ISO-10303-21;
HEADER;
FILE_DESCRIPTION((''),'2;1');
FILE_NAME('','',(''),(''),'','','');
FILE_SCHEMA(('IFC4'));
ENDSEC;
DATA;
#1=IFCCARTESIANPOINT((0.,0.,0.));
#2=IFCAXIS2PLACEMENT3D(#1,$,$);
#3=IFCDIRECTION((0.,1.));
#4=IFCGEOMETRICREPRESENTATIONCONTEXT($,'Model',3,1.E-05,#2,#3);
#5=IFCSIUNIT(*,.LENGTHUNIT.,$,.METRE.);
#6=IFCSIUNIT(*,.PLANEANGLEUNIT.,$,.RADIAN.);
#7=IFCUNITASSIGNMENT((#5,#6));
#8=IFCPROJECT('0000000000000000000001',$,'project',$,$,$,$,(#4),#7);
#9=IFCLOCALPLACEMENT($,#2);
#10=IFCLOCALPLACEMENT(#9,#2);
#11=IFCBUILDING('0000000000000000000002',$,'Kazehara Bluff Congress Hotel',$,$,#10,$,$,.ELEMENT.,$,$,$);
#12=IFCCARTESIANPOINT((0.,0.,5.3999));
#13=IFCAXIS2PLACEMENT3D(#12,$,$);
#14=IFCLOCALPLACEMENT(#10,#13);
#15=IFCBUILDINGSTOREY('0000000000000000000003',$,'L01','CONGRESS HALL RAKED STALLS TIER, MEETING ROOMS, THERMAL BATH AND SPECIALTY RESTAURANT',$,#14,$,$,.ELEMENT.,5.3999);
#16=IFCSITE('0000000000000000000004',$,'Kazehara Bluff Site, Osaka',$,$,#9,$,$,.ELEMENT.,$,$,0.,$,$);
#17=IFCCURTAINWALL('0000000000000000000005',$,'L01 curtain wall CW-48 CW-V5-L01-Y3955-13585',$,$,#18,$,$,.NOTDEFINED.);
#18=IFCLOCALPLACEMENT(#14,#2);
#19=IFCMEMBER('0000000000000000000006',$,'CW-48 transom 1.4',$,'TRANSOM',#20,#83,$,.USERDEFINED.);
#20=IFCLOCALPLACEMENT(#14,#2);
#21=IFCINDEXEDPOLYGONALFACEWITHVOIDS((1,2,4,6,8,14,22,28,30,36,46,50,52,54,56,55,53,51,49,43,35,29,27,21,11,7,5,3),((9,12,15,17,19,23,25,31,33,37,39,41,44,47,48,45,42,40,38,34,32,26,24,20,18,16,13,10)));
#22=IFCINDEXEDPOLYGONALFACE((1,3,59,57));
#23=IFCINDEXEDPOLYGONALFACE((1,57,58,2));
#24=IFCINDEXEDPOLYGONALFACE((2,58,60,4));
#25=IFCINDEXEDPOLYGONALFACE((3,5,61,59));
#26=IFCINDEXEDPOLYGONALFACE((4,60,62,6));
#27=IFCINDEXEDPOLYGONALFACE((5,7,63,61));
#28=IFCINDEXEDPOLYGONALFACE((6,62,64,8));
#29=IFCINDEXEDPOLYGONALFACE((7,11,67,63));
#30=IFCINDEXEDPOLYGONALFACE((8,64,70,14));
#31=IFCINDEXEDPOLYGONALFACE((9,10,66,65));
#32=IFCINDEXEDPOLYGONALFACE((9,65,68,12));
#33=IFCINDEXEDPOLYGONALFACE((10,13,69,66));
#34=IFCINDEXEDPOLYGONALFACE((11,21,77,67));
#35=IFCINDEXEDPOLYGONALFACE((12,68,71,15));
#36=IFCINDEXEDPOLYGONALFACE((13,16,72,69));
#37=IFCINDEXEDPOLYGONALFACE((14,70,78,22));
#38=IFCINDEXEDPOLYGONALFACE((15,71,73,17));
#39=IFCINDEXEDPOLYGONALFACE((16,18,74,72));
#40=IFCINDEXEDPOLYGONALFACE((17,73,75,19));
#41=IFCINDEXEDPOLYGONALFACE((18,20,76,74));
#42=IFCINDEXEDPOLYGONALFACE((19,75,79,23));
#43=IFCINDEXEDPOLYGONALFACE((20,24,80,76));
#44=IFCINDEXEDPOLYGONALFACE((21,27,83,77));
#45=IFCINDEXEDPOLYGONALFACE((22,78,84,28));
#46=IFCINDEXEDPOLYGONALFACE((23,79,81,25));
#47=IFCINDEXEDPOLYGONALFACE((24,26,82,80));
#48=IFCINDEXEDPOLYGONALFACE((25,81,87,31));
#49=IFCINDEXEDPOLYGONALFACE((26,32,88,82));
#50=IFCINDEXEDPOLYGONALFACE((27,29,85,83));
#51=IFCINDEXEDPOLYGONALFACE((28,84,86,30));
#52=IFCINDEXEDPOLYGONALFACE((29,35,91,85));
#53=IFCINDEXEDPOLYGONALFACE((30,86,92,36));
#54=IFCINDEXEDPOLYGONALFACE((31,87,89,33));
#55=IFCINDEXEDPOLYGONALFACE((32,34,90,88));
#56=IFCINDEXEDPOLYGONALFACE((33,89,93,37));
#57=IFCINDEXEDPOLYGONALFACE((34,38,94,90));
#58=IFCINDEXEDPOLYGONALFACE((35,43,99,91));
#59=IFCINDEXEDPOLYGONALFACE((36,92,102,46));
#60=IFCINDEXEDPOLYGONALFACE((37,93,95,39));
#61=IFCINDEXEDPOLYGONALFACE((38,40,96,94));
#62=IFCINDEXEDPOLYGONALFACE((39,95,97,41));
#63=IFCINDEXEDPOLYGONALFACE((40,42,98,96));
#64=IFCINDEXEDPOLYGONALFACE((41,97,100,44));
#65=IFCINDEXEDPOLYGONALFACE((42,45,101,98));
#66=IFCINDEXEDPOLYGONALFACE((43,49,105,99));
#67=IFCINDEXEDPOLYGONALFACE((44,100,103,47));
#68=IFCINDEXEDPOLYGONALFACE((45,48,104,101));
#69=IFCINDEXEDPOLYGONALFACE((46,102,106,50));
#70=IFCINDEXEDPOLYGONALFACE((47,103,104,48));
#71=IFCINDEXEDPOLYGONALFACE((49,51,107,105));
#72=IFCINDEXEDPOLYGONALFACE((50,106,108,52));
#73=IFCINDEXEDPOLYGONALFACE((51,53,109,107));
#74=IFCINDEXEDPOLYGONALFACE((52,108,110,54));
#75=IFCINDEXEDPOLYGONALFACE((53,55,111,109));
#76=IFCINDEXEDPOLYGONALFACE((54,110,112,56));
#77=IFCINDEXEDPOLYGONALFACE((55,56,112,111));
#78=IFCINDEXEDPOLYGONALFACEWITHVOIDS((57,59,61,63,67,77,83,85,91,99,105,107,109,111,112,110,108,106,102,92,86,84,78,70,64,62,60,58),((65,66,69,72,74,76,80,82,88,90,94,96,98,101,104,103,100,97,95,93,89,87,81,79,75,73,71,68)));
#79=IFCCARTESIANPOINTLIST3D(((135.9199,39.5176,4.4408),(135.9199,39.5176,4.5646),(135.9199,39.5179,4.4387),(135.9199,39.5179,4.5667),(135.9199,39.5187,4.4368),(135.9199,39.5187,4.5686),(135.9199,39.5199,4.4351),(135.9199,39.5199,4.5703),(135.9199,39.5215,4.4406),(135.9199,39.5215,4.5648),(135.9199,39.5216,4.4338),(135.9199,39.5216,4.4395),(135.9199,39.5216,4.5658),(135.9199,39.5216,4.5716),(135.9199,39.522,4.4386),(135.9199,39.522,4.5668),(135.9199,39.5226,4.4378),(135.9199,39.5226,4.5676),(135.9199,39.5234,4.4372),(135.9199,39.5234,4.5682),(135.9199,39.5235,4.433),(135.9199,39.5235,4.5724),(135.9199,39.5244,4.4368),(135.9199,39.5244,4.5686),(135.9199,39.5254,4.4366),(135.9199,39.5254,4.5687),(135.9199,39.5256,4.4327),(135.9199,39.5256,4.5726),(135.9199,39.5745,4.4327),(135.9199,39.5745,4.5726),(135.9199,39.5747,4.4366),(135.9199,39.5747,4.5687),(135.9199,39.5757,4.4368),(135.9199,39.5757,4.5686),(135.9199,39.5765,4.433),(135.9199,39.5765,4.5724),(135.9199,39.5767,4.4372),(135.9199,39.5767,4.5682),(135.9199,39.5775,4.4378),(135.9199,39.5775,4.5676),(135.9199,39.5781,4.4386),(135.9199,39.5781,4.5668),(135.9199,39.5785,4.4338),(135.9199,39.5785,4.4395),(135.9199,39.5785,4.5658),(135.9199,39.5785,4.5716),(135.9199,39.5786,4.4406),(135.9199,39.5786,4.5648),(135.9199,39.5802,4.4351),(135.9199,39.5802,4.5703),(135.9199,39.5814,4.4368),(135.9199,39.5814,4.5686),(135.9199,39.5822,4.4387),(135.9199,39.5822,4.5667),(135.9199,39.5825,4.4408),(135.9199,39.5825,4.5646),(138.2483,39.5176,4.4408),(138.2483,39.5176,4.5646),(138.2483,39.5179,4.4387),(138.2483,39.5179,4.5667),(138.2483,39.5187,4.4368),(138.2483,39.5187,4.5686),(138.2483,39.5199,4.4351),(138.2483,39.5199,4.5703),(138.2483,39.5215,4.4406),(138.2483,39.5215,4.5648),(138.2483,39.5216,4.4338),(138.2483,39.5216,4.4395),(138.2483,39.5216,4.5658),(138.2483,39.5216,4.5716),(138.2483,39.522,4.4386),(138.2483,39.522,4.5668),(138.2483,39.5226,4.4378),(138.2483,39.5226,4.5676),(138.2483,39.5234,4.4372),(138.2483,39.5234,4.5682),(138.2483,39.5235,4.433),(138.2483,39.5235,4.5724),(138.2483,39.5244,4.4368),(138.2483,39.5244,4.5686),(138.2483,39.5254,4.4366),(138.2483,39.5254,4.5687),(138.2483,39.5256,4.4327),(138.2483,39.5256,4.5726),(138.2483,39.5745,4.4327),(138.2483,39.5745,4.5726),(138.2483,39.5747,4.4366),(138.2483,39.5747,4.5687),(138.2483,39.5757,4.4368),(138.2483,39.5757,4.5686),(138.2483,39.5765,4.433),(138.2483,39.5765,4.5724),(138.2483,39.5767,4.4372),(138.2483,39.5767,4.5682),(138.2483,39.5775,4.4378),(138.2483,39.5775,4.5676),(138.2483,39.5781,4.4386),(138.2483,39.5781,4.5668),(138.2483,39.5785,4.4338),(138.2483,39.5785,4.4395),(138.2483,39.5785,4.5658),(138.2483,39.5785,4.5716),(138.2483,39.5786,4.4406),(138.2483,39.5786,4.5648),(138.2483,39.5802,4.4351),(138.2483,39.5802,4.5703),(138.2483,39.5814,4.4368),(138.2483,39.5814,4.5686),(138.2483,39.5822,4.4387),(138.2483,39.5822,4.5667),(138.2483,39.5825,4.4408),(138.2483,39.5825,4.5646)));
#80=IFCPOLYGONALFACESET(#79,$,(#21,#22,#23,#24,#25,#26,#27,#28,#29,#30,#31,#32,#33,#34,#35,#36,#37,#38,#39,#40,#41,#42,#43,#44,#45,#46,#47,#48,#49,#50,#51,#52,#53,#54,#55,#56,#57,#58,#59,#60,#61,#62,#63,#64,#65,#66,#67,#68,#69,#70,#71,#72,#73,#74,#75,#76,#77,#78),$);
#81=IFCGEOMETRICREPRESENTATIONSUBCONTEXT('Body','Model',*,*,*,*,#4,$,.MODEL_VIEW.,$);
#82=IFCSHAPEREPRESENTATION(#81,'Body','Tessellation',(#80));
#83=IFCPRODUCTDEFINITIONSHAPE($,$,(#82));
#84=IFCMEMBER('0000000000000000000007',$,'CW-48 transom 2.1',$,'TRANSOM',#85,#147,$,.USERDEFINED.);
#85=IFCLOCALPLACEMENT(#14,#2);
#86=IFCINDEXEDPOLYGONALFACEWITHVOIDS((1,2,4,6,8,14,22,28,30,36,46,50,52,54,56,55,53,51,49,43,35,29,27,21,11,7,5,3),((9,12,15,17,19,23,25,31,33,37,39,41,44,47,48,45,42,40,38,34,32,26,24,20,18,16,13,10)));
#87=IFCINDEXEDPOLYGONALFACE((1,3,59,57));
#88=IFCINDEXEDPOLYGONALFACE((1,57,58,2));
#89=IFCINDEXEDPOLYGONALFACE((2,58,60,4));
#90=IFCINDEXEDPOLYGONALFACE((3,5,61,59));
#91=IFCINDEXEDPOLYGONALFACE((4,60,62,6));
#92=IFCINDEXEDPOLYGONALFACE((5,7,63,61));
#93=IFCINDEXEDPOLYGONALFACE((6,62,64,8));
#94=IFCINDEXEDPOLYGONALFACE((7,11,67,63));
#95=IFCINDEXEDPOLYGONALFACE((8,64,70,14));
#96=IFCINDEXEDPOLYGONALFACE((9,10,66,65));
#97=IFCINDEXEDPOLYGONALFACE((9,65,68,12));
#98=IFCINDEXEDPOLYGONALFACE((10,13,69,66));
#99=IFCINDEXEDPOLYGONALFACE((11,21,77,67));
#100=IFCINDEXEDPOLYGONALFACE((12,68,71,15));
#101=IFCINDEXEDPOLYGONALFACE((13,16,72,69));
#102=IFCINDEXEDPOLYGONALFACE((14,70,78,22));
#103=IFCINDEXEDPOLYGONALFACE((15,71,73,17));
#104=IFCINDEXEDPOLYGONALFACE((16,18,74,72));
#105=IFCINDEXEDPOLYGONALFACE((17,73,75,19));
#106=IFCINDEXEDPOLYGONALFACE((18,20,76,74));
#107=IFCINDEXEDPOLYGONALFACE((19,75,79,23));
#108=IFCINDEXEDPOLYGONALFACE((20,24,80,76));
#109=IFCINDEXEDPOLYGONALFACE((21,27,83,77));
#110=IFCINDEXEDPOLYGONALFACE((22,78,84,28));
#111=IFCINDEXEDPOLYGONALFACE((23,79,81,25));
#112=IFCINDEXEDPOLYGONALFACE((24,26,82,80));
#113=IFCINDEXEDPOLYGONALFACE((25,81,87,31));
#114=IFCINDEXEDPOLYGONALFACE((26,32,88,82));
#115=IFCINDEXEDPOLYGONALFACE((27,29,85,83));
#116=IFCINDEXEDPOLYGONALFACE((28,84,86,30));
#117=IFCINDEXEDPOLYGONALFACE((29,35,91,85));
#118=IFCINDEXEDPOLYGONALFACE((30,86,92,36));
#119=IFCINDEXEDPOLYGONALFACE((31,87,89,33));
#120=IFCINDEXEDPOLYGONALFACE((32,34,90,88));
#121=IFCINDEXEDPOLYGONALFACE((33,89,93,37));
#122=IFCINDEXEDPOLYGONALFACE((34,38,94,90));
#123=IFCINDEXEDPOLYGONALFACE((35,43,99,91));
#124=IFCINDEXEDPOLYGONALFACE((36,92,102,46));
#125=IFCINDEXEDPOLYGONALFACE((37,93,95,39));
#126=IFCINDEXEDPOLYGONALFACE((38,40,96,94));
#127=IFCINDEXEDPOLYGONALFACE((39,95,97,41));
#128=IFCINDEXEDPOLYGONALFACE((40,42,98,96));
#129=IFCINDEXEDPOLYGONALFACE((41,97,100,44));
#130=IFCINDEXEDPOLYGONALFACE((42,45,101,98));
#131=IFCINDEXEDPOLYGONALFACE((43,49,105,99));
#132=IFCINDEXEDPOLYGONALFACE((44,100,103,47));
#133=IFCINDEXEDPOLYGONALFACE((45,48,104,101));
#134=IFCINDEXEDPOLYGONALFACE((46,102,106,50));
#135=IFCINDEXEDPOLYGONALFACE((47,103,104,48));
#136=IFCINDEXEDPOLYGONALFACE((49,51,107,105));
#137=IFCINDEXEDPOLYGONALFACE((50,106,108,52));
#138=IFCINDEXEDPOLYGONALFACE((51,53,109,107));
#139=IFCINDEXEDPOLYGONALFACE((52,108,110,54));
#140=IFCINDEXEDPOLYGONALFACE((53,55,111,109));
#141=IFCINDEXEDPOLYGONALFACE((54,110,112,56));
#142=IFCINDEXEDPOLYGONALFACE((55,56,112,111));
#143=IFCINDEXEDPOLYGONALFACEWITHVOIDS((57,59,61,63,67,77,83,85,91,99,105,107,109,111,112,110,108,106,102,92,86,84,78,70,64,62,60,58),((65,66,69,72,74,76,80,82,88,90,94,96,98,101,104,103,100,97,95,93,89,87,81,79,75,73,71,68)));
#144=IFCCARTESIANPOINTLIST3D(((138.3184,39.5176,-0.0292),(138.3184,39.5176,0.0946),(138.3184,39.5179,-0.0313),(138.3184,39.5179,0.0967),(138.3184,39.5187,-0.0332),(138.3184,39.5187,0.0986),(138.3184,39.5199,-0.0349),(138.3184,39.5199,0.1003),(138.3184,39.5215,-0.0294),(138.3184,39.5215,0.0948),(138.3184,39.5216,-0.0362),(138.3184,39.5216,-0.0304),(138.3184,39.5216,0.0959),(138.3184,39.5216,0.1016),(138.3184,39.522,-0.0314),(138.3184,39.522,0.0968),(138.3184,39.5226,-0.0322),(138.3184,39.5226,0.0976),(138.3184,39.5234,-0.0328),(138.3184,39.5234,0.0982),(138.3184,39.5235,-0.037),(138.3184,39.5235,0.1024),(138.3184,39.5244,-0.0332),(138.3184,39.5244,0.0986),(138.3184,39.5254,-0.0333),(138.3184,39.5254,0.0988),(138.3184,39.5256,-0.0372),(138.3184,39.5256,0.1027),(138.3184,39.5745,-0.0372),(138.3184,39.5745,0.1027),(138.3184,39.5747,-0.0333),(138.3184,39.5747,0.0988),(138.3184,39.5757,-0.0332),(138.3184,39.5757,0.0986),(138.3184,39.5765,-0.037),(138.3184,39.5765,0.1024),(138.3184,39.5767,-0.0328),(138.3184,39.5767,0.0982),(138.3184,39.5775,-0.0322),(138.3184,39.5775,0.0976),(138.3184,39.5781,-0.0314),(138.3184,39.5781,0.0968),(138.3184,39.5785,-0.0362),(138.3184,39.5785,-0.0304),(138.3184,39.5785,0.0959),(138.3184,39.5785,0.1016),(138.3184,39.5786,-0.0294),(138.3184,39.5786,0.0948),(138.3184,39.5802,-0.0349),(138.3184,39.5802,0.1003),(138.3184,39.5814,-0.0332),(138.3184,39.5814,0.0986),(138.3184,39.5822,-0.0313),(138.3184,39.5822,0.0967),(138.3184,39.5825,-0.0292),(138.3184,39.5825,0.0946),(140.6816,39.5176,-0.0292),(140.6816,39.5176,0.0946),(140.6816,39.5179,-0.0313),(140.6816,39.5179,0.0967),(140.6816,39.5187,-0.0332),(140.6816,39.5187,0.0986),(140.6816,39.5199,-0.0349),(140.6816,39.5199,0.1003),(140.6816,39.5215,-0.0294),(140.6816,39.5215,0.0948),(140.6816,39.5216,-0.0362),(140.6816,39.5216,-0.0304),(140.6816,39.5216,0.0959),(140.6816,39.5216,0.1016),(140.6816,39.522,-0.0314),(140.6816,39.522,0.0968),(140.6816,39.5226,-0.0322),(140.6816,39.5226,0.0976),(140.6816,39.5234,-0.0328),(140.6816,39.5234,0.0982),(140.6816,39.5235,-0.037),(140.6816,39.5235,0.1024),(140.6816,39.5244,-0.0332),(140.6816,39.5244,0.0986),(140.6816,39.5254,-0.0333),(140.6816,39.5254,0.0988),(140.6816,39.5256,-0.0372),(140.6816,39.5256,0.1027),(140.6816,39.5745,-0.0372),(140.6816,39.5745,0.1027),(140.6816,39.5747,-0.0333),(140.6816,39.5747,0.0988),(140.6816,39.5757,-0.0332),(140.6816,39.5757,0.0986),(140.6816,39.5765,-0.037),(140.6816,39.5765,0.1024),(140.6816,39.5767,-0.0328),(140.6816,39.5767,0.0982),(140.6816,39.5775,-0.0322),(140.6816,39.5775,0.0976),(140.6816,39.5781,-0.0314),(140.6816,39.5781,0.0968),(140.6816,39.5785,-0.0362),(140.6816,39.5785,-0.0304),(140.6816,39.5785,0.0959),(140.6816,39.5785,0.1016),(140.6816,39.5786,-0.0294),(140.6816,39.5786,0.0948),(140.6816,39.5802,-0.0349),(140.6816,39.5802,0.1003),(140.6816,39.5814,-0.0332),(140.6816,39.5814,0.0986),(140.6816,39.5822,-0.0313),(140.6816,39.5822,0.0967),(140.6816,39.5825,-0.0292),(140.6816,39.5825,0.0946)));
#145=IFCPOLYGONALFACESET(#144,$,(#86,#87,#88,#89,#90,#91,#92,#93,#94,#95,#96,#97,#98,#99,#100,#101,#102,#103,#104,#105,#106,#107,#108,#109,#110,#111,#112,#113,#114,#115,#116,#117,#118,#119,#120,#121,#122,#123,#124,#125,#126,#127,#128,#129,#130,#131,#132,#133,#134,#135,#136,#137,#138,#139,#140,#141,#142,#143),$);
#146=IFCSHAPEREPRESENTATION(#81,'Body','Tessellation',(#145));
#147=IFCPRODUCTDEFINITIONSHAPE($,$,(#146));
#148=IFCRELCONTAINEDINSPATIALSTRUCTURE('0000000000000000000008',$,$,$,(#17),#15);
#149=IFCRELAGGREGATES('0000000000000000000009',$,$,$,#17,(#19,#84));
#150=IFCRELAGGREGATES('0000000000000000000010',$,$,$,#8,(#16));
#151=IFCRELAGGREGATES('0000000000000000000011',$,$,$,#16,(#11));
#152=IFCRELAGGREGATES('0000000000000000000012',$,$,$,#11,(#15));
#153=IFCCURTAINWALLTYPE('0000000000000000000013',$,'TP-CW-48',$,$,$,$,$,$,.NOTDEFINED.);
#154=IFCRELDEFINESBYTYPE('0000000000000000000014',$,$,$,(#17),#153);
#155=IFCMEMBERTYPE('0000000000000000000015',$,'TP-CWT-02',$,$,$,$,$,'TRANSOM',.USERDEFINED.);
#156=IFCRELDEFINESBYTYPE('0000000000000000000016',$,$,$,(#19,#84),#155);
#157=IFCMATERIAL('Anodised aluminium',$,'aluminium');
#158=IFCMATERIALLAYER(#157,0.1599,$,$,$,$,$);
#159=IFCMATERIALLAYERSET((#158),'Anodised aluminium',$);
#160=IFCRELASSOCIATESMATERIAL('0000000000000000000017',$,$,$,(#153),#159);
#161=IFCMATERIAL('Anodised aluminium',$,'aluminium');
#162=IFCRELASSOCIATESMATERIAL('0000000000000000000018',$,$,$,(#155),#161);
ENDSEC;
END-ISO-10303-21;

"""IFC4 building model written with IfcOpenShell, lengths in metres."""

from ifc_helpers import new_model, si_unit, direction, frame, origin, origin_2d, place, context, subcontext, project, spatial, hollow_rectangle, extrude, material, layer, layer_set, material_profile, profile_set, type_object, element, aggregate, save


model = new_model("IFC4")

# Units and contexts
model_context = context("Model", 3, precision=1e-05, world=origin(), true_north=direction((0.0, 1.0)))
body_context = subcontext(model_context, "Body", "Model", "MODEL_VIEW")
ifc_project = project(units=[si_unit("LENGTHUNIT", "METRE"), si_unit("PLANEANGLEUNIT", "RADIAN")], contexts=[model_context])

# Site, building, storey
site_placement = place(None, origin())
site = spatial("IfcSite", under=ifc_project, at=site_placement, Name="Kazehara Bluff Site, Osaka", CompositionType="ELEMENT", RefElevation=0.0)
building_placement = place(site_placement, origin())
building = spatial("IfcBuilding", under=site, at=building_placement, Name="Kazehara Bluff Congress Hotel", CompositionType="ELEMENT")
storey_placement = place(building_placement, frame((0.0, 0.0, 5.3999)))
storey = spatial("IfcBuildingStorey", under=building, at=storey_placement, Name="L01", Description="CONGRESS HALL RAKED STALLS TIER, MEETING ROOMS, THERMAL BATH AND SPECIALTY RESTAURANT", CompositionType="ELEMENT", Elevation=5.3999)

# Shared definitions
ifc_material_1 = material(Name="Anodised aluminium", Category="aluminium")
ifc_layer_1 = layer(ifc_material_1, 0.1599)
ifc_layer_set_1 = layer_set([ifc_layer_1], Name="Anodised aluminium")
curtain_wall_type = type_object("IfcCurtainWallType", Name="TP-CW-48", PredefinedType="NOTDEFINED", material=ifc_layer_set_1)

# Curtain wall
curtain_wall_1_placement = place(storey_placement, origin())
curtain_wall_1 = element("IfcCurtainWall", 1, at=curtain_wall_1_placement, inside=storey, type_object=curtain_wall_type, Name="L01 curtain wall CW-48 CW-V5-L01-Y3955-13585", PredefinedType="NOTDEFINED")

# Members
ifc_material_2 = material(Name="Anodised aluminium", Category="aluminium")
ifc_material_profile_1 = material_profile(ifc_material_2, hollow_rectangle(XDim=0.0649, YDim=0.1399, WallThickness=0.0039, InnerFilletRadius=0.0039, OuterFilletRadius=0.0081, at=origin_2d()))
ifc_profile_set_1 = profile_set([ifc_material_profile_1], Name="Anodised aluminium")
member_type_1 = type_object("IfcMemberType", Name="TP-CWT-02", ElementType="TRANSOM", PredefinedType="USERDEFINED", material=ifc_profile_set_1)
member_1_placement = place(storey_placement, frame((135.9199, 39.55, 4.5027), z_axis=(1.0, 0.0, 0.0), x_axis=(0.0, 1.0, 0.0)))
member_1 = element("IfcMember", 2, at=member_1_placement, type_object=member_type_1, Name="CW-48 transom 1.4", ObjectType="TRANSOM", PredefinedType="USERDEFINED", context=body_context, shape_type="SweptSolid", body=[
    extrude(hollow_rectangle(XDim=0.0649, YDim=0.1399, WallThickness=0.0039, InnerFilletRadius=0.0039, OuterFilletRadius=0.0081, at=origin_2d()), origin(), (0.0, 0.0, 1.0), 2.3284),
])
member_2_placement = place(storey_placement, frame((138.3184, 39.55, 0.0327), z_axis=(1.0, 0.0, 0.0), x_axis=(0.0, 1.0, 0.0)))
member_2 = element("IfcMember", 3, at=member_2_placement, type_object=member_type_1, Name="CW-48 transom 2.1", ObjectType="TRANSOM", PredefinedType="USERDEFINED", context=body_context, shape_type="SweptSolid", body=[
    extrude(hollow_rectangle(XDim=0.0649, YDim=0.1399, WallThickness=0.0039, InnerFilletRadius=0.0039, OuterFilletRadius=0.0081, at=origin_2d()), origin(), (0.0, 0.0, 1.0), 2.3633),
])

aggregate(curtain_wall_1, [member_1, member_2])

save(model, "model.ifc")
